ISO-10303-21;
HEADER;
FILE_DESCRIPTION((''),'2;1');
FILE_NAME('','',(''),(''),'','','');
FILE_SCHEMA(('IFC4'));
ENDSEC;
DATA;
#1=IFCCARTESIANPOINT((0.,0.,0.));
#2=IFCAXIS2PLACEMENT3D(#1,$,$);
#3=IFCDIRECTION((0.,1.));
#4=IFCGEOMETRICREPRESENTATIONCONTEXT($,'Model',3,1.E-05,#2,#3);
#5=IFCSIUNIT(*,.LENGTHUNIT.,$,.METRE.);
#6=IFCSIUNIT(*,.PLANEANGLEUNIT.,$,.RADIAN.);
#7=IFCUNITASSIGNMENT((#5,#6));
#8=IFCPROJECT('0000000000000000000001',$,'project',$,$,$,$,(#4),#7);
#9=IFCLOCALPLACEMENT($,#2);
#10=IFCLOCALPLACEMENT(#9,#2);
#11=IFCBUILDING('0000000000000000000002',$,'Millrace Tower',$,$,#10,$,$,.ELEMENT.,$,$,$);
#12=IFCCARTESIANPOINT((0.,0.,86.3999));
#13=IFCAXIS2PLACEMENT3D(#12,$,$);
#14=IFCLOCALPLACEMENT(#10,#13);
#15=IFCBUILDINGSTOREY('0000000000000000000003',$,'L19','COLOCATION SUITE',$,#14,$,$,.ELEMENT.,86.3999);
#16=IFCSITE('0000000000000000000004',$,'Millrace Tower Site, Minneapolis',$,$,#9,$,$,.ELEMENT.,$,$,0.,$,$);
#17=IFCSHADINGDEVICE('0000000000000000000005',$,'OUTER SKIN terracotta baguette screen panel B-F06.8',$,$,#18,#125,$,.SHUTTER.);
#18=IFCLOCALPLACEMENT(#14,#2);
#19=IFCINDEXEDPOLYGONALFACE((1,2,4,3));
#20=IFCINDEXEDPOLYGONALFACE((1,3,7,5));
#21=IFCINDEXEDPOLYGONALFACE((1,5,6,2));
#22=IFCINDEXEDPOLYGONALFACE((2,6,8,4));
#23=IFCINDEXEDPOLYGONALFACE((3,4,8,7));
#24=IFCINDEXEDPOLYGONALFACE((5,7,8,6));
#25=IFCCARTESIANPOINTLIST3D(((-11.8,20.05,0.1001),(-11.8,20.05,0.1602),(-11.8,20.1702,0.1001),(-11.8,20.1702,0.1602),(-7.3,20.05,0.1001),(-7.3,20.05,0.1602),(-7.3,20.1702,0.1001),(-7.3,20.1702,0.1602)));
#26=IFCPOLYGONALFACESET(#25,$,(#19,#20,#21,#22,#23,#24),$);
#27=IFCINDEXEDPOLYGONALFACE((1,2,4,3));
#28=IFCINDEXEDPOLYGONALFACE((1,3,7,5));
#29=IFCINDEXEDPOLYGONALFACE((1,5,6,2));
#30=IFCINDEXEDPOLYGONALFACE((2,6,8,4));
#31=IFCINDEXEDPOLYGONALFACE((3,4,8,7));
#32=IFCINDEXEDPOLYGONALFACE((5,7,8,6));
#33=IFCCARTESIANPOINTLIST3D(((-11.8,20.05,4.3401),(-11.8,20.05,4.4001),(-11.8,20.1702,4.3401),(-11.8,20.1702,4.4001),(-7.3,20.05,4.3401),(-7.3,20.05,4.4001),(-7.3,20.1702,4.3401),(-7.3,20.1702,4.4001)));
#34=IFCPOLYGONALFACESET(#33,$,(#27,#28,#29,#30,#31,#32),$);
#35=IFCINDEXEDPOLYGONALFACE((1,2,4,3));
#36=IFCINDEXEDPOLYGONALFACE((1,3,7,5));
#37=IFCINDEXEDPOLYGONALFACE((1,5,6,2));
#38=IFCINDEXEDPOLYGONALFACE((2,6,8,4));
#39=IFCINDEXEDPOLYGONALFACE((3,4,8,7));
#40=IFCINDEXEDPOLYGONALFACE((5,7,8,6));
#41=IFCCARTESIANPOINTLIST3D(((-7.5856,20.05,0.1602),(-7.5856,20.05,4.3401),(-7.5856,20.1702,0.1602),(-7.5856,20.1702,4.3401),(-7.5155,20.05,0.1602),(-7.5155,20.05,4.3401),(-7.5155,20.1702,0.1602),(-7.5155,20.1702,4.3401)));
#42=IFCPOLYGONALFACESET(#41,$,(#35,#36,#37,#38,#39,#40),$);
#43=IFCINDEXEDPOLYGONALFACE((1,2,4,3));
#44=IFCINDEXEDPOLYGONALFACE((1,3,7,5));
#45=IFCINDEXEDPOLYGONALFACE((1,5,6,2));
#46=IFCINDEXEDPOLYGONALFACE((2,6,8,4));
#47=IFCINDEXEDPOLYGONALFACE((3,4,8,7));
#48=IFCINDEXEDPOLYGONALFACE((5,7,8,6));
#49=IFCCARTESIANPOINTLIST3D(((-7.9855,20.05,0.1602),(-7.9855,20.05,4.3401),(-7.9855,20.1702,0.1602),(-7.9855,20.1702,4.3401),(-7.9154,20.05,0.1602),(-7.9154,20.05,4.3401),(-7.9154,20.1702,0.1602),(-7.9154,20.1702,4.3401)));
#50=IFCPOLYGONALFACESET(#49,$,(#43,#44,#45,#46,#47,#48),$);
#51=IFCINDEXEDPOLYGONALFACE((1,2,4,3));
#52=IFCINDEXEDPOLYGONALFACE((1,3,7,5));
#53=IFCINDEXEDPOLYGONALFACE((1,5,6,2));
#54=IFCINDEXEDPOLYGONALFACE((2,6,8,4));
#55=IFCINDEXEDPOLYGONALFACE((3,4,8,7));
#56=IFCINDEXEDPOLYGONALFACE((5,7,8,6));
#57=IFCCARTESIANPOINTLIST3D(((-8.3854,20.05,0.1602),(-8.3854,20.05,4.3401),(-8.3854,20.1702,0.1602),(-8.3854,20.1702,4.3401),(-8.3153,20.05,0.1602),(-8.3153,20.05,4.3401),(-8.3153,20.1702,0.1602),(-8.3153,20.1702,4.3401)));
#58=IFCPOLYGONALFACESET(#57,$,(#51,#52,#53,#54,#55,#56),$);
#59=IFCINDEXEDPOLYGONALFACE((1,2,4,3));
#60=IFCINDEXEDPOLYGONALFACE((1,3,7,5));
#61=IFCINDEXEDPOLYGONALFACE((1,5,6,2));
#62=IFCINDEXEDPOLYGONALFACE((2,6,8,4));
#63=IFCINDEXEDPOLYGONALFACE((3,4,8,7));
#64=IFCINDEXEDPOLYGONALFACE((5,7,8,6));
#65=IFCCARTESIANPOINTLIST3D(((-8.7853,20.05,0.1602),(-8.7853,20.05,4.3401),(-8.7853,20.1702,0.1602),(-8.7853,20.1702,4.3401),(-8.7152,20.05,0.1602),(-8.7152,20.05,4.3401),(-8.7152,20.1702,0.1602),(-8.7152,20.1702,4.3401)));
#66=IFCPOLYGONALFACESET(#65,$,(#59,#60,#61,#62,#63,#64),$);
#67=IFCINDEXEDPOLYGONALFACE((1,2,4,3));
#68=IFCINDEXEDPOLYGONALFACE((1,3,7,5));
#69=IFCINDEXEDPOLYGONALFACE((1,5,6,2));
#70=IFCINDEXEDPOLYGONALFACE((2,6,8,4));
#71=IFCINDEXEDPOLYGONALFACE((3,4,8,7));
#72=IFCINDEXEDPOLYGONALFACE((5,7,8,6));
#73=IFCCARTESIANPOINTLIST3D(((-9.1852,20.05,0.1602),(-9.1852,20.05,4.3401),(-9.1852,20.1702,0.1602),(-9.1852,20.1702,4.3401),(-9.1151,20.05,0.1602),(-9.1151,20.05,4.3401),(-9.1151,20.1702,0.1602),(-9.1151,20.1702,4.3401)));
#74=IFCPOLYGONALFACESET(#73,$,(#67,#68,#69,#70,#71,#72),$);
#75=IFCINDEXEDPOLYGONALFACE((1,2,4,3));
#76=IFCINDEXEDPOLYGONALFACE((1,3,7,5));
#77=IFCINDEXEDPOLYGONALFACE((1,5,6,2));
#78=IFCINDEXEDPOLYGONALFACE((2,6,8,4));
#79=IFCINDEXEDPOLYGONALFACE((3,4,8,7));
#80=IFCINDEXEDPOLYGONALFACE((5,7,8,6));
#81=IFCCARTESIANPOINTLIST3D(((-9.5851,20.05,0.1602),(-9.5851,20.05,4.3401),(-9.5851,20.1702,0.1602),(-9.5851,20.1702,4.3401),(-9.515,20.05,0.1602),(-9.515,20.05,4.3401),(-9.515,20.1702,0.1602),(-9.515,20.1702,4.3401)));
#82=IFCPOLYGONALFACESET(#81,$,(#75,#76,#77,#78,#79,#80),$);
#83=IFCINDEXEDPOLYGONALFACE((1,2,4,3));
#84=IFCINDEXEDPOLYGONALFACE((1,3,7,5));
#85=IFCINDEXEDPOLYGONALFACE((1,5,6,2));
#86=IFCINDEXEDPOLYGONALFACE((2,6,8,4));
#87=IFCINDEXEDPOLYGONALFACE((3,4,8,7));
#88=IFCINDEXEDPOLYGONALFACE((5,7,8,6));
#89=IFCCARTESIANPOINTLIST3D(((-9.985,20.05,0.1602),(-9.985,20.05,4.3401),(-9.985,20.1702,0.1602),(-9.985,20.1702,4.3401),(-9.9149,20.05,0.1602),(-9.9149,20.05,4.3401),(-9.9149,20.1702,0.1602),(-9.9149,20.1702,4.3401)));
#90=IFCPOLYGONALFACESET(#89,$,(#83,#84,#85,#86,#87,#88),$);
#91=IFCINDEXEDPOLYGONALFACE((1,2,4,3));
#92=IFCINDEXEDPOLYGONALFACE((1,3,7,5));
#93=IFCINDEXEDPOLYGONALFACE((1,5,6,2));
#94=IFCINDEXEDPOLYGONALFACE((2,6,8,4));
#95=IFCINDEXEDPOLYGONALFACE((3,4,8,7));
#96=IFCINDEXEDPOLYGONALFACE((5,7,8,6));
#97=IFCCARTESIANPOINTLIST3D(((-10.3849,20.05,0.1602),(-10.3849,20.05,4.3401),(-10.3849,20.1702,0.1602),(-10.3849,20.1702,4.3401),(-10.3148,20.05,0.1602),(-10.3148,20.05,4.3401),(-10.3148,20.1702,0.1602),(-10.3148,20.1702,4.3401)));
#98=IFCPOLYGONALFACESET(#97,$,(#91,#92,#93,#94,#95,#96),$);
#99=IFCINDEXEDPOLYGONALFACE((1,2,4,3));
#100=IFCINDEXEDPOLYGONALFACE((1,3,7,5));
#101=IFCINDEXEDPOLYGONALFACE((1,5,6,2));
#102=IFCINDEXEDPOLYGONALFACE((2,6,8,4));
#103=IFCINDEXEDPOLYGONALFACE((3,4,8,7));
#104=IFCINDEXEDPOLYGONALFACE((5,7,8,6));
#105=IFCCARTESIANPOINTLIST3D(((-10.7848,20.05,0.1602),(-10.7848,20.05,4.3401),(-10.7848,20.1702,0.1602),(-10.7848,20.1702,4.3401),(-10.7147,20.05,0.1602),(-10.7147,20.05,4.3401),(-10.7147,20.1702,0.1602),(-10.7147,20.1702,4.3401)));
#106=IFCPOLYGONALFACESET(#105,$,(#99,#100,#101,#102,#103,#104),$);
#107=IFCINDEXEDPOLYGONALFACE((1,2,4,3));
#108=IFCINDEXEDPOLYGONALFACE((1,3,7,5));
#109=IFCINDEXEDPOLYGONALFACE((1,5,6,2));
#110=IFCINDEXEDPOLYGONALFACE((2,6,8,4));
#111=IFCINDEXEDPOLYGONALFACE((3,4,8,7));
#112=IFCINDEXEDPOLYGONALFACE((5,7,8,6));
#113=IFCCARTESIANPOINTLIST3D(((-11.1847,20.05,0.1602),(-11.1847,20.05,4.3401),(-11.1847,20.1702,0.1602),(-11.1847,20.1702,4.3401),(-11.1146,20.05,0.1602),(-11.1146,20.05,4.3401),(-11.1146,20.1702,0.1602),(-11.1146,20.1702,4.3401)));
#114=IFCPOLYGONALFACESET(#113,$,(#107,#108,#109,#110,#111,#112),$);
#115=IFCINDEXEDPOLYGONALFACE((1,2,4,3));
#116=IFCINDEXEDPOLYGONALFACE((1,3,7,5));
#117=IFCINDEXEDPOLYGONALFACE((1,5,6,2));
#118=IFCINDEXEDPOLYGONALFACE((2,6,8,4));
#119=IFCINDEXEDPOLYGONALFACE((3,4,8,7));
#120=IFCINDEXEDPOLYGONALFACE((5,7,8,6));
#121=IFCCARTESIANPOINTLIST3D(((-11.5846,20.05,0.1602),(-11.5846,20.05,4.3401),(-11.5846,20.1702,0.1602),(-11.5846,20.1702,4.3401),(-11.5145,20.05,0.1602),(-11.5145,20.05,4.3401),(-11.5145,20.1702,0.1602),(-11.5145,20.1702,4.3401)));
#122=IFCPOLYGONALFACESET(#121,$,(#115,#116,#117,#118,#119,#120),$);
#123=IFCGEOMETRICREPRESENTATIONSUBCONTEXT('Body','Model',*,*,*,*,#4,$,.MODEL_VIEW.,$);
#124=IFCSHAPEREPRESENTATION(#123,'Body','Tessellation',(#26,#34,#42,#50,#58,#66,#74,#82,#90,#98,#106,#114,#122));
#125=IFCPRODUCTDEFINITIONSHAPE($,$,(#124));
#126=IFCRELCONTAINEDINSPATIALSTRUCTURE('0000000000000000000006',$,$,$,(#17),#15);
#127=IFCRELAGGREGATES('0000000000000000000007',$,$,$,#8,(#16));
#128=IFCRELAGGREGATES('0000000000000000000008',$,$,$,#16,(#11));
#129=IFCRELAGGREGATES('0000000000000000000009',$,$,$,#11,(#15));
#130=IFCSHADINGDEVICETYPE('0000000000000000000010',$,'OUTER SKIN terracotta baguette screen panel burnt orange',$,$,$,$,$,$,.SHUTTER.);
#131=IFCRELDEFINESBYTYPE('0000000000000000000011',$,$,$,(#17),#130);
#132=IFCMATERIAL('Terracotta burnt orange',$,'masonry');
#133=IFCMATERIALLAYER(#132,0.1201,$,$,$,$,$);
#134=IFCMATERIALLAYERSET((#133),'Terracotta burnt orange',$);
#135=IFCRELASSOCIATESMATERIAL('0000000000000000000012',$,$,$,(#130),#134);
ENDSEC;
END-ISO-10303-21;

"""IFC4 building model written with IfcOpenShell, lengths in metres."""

from ifc_helpers import new_model, entity, si_unit, direction, frame, frame_2d, origin, origin_2d, place, context, subcontext, project, spatial, rectangle, extrude, source, transform, mapped, material, layer, layer_set, type_object, element, save


model = new_model("IFC4")

# Units and contexts
model_context = context("Model", 3, precision=1e-05, world=origin(), true_north=direction((0.0, 1.0)))
body_context = subcontext(model_context, "Body", "Model", "MODEL_VIEW")
ifc_project = project(units=[si_unit("LENGTHUNIT", "METRE"), si_unit("PLANEANGLEUNIT", "RADIAN")], contexts=[model_context])

# Site, building, storey
site_placement = place(None, origin())
site = spatial("IfcSite", under=ifc_project, at=site_placement, Name="Millrace Tower Site, Minneapolis", CompositionType="ELEMENT", RefElevation=0.0)
building_placement = place(site_placement, origin())
building = spatial("IfcBuilding", under=site, at=building_placement, Name="Millrace Tower", CompositionType="ELEMENT")
storey_placement = place(building_placement, frame((0.0, 0.0, 86.3999)))
storey = spatial("IfcBuildingStorey", under=building, at=storey_placement, Name="L19", Description="COLOCATION SUITE", CompositionType="ELEMENT", Elevation=86.3999)

# Shading device
ifc_material_1 = material(Name="Terracotta burnt orange", Category="masonry")
ifc_layer_1 = layer(ifc_material_1, 0.1201)
ifc_layer_set_1 = layer_set([ifc_layer_1], Name="Terracotta burnt orange")
shading_device_type = type_object("IfcShadingDeviceType", Name="OUTER SKIN terracotta baguette screen panel burnt orange", PredefinedType="SHUTTER", material=ifc_layer_set_1)
cartesian_point = entity("IfcCartesianPoint", [-2.25, 0.0601])
shared_polyline = entity("IfcPolyline", [cartesian_point, entity("IfcCartesianPoint", [2.25, 0.0601]), entity("IfcCartesianPoint", [2.25, -0.0601]), entity("IfcCartesianPoint", [-2.25, -0.0601]), cartesian_point])
shared_shape = source(origin(), body_context, "Body", "SweptSolid", [
    entity("IfcExtrudedAreaSolid", entity("IfcArbitraryClosedProfileDef", "AREA", None, shared_polyline), entity("IfcAxis2Placement3D", entity("IfcCartesianPoint", [0.0, 0.0, 0.0])), entity("IfcDirection", [0.0, 0.0, 1.0]), 0.0601),
    entity("IfcExtrudedAreaSolid", entity("IfcArbitraryClosedProfileDef", "AREA", None, shared_polyline), entity("IfcAxis2Placement3D", entity("IfcCartesianPoint", [0.0, 0.0, 4.24])), entity("IfcDirection", [0.0, 0.0, 1.0]), 0.0601),
    extrude(rectangle(XDim=0.0701, YDim=0.1201, at=frame_2d((-1.9995, 0.0))), frame((0.0, 0.0, 0.0601)), (0.0, 0.0, 1.0), 4.1799),
    extrude(rectangle(XDim=0.0701, YDim=0.1201, at=frame_2d((-1.5996, 0.0))), frame((0.0, 0.0, 0.0601)), (0.0, 0.0, 1.0), 4.1799),
    extrude(rectangle(XDim=0.0701, YDim=0.1201, at=frame_2d((-1.1997, 0.0))), frame((0.0, 0.0, 0.0601)), (0.0, 0.0, 1.0), 4.1799),
    extrude(rectangle(XDim=0.0701, YDim=0.1201, at=frame_2d((-0.7998, 0.0))), frame((0.0, 0.0, 0.0601)), (0.0, 0.0, 1.0), 4.1799),
    extrude(rectangle(XDim=0.0701, YDim=0.1201, at=frame_2d((-0.3999, 0.0))), frame((0.0, 0.0, 0.0601)), (0.0, 0.0, 1.0), 4.1799),
    extrude(rectangle(XDim=0.0701, YDim=0.1201, at=origin_2d()), frame((0.0, 0.0, 0.0601)), (0.0, 0.0, 1.0), 4.1799),
    extrude(rectangle(XDim=0.0701, YDim=0.1201, at=frame_2d((0.3999, 0.0))), frame((0.0, 0.0, 0.0601)), (0.0, 0.0, 1.0), 4.1799),
    extrude(rectangle(XDim=0.0701, YDim=0.1201, at=frame_2d((0.7998, 0.0))), frame((0.0, 0.0, 0.0601)), (0.0, 0.0, 1.0), 4.1799),
    extrude(rectangle(XDim=0.0701, YDim=0.1201, at=frame_2d((1.1997, 0.0))), frame((0.0, 0.0, 0.0601)), (0.0, 0.0, 1.0), 4.1799),
    extrude(rectangle(XDim=0.0701, YDim=0.1201, at=frame_2d((1.5996, 0.0))), frame((0.0, 0.0, 0.0601)), (0.0, 0.0, 1.0), 4.1799),
    extrude(rectangle(XDim=0.0701, YDim=0.1201, at=frame_2d((1.9995, 0.0))), frame((0.0, 0.0, 0.0601)), (0.0, 0.0, 1.0), 4.1799),
])
for number, where, z_axis, x_axis, name in (
    (1, (-9.55, 20.1101, 0.1001), (0.0, 0.0, 1.0), (-1.0, 0.0, 0.0), "OUTER SKIN terracotta baguette screen panel B-F06.8"),
):
    element("IfcShadingDevice", number, at=place(storey_placement, frame(where, z_axis=z_axis, x_axis=x_axis)), inside=storey, type_object=shading_device_type, Name=name, PredefinedType="SHUTTER", context=body_context, shape_type="MappedRepresentation", body=[
        mapped(shared_shape, transform((0.0, 0.0, 0.0), scale=1.0)),
    ])

save(model, "model.ifc")
